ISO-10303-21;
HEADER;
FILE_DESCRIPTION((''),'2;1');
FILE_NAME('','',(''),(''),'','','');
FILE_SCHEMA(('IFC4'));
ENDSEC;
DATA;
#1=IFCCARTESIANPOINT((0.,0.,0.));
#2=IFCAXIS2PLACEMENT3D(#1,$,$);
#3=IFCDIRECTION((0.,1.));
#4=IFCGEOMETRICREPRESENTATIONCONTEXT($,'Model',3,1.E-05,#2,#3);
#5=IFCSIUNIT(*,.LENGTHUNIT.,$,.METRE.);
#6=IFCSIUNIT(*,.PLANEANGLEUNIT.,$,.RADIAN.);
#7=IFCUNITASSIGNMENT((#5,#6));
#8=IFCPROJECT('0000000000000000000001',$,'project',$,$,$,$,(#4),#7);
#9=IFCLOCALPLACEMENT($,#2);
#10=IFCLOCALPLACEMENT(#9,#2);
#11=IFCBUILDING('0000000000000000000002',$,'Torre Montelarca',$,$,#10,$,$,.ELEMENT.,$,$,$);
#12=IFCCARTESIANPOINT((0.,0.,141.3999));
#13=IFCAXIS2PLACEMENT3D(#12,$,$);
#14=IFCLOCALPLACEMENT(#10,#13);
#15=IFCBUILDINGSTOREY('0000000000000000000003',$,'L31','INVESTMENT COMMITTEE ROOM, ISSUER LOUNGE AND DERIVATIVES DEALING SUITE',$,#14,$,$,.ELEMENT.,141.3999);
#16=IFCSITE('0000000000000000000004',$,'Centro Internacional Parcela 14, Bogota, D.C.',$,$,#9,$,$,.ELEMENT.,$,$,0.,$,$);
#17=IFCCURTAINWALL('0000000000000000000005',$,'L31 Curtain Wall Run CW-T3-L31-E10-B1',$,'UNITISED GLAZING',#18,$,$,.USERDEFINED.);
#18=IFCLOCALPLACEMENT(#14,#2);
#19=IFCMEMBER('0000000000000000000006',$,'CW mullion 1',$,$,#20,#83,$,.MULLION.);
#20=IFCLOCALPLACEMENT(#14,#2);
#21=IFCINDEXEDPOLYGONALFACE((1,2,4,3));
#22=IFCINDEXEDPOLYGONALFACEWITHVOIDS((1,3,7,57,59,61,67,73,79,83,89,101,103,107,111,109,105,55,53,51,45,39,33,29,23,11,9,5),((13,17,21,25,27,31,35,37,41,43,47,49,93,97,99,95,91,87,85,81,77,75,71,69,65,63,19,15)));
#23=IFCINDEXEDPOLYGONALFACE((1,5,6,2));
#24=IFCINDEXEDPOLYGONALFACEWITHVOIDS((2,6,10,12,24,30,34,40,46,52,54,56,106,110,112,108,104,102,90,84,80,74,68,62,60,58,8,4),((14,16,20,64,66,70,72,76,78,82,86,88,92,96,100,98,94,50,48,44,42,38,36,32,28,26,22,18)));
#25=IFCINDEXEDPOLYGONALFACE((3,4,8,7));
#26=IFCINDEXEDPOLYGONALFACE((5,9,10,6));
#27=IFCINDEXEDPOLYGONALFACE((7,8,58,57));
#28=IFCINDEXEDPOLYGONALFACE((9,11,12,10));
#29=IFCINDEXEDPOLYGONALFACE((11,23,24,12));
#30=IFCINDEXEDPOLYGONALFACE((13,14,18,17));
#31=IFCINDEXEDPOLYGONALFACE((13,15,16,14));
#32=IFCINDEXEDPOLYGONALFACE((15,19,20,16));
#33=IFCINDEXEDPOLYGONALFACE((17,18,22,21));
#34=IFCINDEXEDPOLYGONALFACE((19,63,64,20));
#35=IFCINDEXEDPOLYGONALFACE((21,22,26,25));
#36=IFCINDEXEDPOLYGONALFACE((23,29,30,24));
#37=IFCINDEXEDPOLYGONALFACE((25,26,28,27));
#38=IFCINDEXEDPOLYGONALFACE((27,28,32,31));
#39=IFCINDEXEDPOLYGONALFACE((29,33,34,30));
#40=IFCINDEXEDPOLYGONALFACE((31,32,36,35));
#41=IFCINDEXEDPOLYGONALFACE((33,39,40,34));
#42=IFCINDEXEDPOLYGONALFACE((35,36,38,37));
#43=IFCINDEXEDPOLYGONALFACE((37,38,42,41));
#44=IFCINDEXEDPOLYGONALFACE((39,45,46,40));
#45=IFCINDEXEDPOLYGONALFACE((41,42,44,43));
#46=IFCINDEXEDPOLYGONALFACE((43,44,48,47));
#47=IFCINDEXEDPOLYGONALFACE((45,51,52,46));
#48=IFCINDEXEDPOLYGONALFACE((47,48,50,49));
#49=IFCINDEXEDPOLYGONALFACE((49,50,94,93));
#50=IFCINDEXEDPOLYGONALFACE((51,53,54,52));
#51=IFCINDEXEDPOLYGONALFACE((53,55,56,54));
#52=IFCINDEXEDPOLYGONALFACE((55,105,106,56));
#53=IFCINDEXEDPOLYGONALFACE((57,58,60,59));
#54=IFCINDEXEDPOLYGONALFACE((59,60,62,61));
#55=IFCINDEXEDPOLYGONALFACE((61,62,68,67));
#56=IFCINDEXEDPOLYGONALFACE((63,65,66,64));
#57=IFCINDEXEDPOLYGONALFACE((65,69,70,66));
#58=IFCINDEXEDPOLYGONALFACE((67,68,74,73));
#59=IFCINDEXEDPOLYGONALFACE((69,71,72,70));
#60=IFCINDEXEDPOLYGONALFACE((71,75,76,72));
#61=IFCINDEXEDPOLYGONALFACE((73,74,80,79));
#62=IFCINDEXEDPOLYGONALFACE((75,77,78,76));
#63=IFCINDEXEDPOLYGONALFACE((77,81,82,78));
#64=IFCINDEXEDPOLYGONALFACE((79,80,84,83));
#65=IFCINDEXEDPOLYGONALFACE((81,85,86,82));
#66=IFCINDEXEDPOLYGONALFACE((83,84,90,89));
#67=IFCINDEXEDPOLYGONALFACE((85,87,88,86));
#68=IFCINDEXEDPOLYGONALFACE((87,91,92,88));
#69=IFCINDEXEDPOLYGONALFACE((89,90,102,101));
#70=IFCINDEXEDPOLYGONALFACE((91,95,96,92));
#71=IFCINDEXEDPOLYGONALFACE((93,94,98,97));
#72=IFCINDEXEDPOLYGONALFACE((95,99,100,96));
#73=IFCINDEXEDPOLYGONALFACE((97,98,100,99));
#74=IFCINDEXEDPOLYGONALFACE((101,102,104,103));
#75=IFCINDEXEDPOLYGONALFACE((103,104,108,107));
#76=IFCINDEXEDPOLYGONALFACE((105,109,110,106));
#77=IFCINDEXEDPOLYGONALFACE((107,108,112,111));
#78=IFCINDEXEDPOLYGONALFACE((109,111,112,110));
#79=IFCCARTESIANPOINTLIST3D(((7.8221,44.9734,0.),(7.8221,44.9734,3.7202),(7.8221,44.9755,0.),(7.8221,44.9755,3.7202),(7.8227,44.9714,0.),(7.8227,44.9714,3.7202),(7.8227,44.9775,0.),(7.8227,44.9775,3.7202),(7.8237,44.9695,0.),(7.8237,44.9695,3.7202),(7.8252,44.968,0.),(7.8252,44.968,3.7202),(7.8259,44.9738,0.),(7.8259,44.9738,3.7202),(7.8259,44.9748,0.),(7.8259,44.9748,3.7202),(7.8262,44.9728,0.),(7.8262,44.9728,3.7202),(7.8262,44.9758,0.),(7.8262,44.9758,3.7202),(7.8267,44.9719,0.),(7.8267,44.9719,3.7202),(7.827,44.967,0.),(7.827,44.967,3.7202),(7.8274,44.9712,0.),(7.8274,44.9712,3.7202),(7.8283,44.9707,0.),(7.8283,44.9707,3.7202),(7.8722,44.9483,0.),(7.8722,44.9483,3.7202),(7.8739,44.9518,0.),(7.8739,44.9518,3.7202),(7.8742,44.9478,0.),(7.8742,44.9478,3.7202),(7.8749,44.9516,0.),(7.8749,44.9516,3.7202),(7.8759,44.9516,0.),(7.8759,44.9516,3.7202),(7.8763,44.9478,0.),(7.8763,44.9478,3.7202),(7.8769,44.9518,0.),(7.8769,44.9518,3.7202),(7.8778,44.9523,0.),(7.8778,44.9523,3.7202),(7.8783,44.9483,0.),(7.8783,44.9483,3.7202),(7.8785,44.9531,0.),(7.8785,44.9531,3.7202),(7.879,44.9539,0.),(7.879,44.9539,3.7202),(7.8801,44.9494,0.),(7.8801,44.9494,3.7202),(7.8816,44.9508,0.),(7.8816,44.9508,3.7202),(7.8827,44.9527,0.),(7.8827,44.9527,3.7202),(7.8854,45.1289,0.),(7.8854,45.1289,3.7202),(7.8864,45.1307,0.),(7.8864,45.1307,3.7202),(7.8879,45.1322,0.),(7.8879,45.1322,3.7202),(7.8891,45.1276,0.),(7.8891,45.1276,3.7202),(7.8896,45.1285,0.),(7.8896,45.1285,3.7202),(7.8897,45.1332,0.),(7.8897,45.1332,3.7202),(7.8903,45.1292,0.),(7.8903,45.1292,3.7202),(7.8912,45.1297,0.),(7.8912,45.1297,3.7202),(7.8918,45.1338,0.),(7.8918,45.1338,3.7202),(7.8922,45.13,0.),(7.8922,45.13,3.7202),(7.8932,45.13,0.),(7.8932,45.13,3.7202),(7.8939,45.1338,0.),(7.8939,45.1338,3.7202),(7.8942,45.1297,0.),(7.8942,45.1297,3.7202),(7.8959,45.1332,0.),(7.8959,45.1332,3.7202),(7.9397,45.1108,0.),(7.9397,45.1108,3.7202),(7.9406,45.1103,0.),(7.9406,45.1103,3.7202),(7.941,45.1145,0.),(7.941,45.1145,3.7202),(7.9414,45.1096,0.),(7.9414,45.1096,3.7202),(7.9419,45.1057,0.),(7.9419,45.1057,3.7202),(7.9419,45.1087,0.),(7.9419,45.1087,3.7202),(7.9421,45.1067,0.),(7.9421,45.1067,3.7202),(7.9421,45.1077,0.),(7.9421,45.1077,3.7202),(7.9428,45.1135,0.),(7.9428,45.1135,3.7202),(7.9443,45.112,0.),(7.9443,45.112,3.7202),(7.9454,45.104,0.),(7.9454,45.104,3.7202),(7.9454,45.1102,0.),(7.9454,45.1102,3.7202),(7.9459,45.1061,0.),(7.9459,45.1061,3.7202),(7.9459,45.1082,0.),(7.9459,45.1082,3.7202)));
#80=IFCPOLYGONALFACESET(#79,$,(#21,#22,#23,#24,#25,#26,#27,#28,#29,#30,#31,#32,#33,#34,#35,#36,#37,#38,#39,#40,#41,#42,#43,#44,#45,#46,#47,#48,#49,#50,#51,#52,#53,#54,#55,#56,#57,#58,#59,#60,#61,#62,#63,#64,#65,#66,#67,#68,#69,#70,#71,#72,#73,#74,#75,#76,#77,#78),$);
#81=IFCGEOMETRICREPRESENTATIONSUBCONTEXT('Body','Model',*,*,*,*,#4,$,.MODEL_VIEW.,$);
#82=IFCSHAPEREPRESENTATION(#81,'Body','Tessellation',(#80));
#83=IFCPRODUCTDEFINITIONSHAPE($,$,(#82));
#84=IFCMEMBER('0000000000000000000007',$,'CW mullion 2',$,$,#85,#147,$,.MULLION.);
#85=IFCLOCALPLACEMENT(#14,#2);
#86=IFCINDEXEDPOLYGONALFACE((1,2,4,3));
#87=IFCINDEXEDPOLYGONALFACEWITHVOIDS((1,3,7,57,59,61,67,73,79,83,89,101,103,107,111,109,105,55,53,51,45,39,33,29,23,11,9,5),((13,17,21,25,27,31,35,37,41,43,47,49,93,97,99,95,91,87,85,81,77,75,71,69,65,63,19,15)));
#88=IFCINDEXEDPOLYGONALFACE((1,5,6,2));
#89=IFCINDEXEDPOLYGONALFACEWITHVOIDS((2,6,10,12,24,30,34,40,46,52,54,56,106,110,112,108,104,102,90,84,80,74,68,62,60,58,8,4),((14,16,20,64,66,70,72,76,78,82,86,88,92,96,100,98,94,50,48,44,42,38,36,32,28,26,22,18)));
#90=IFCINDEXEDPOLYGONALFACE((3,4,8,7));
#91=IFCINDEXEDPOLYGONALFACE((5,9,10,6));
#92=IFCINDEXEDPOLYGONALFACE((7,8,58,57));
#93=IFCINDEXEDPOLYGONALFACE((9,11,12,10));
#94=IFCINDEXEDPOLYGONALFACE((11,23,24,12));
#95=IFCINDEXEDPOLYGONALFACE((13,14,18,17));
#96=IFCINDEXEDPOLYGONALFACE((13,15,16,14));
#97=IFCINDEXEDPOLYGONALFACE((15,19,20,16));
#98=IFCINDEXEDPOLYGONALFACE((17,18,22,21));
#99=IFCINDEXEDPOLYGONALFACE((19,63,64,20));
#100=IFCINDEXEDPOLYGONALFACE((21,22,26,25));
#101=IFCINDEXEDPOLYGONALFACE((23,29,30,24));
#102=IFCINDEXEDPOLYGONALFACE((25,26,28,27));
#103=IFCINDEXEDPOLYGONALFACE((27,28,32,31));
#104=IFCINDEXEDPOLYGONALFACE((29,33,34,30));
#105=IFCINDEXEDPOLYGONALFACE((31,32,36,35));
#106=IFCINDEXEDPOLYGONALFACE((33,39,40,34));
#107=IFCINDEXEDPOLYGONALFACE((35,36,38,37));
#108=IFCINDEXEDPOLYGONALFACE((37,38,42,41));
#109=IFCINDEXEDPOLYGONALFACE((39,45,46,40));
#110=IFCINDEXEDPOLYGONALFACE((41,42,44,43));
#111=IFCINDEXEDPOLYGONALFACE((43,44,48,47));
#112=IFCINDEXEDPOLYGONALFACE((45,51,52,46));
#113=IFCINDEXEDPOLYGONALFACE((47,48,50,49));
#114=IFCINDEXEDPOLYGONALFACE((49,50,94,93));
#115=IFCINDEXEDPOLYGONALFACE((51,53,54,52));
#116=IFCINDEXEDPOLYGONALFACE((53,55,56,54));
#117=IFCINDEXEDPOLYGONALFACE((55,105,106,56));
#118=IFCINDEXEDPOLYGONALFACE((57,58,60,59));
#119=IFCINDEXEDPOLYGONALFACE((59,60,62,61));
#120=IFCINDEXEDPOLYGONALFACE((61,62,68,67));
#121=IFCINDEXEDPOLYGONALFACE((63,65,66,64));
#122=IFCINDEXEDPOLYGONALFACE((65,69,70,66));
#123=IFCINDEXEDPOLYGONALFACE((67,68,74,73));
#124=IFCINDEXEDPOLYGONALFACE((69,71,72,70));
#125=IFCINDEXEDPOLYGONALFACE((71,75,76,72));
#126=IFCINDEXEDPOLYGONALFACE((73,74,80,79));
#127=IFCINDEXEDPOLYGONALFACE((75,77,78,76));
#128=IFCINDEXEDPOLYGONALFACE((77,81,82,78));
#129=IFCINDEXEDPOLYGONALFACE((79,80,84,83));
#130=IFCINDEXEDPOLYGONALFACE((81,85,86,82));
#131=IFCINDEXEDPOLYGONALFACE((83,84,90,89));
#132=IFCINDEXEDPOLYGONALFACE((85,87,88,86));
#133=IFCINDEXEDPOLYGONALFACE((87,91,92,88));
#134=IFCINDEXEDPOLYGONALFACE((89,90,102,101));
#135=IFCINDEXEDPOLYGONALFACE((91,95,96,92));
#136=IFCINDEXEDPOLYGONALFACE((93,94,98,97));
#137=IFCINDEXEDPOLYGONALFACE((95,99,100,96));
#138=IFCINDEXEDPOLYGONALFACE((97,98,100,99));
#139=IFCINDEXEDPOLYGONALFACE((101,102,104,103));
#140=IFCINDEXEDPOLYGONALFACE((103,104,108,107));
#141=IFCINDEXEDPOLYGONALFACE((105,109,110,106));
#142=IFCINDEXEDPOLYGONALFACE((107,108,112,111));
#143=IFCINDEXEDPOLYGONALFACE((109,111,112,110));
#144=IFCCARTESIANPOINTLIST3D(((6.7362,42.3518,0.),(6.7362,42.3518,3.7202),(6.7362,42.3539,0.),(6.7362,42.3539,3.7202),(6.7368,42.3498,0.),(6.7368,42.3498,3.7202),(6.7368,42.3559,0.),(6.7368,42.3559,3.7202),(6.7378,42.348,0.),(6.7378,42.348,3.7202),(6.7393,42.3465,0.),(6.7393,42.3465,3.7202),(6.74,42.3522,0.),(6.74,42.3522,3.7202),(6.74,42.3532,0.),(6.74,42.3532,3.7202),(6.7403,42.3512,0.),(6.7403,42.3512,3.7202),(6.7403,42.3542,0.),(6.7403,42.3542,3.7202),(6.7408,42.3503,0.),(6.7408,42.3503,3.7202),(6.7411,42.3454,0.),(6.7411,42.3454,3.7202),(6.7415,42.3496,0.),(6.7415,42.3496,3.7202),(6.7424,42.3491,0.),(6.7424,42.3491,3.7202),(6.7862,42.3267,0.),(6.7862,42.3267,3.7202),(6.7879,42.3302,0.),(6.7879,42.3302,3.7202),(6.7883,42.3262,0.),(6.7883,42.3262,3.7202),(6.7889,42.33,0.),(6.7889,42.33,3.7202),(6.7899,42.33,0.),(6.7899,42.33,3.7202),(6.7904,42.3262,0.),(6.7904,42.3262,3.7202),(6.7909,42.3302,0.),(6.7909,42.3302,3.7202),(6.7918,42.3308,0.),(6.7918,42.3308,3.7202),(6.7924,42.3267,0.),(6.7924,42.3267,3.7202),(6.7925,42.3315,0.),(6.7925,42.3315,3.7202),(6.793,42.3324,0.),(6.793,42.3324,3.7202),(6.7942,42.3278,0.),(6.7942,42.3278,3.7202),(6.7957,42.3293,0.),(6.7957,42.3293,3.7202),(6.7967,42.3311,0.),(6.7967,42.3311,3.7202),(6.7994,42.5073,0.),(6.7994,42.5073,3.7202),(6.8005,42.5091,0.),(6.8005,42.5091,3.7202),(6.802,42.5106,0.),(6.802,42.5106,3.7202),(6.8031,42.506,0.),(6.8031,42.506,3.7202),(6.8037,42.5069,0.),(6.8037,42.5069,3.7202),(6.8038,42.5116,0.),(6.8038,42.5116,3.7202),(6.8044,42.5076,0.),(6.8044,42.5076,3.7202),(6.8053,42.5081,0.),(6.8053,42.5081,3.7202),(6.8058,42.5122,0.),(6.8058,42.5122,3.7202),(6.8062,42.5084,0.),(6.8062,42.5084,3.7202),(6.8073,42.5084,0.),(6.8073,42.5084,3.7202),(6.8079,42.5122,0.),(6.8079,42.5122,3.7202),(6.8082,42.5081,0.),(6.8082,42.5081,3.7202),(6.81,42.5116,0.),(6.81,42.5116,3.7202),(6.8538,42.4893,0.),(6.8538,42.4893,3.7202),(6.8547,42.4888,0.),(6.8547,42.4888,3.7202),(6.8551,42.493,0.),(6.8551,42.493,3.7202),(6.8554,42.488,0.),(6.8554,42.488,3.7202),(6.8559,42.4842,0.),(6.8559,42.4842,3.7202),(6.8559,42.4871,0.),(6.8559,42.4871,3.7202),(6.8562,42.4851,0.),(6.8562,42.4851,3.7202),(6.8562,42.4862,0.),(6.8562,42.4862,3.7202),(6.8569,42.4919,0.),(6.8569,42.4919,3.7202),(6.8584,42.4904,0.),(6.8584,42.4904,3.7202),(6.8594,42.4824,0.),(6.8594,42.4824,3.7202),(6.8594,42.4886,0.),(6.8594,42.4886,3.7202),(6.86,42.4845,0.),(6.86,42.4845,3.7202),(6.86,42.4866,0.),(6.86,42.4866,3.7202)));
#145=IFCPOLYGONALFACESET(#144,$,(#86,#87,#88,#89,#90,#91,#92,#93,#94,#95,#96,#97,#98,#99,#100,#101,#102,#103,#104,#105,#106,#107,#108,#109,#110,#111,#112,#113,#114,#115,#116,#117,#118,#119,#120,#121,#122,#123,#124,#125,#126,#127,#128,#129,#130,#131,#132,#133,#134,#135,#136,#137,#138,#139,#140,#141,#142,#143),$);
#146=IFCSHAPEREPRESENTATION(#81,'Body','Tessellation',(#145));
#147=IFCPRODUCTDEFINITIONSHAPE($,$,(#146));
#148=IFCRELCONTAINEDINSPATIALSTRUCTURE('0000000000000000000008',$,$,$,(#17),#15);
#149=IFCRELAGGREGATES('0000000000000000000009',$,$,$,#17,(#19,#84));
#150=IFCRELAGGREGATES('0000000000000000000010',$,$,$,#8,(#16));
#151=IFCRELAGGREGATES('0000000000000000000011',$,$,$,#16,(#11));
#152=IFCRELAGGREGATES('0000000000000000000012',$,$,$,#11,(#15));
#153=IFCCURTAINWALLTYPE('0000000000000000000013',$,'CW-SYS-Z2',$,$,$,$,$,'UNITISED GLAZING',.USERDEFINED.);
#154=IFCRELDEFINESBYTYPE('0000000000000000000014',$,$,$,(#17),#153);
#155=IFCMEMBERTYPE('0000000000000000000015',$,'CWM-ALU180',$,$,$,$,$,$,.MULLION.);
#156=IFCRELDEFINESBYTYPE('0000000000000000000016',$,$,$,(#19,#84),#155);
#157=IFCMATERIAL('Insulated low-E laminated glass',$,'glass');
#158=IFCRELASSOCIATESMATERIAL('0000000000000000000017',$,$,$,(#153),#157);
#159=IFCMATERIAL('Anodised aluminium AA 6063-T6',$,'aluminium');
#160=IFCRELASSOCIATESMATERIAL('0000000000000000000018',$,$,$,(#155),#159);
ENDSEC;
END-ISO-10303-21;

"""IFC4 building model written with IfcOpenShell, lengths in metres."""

from ifc_helpers import new_model, si_unit, direction, frame, origin, origin_2d, place, context, subcontext, project, spatial, hollow_rectangle, extrude, source, transform, mapped, material, material_profile, profile_set, type_object, element, aggregate, save


model = new_model("IFC4")

# Units and contexts
model_context = context("Model", 3, precision=1e-05, world=origin(), true_north=direction((0.0, 1.0)))
body_context = subcontext(model_context, "Body", "Model", "MODEL_VIEW")
ifc_project = project(units=[si_unit("LENGTHUNIT", "METRE"), si_unit("PLANEANGLEUNIT", "RADIAN")], contexts=[model_context])

# Site, building, storey
site_placement = place(None, origin())
site = spatial("IfcSite", under=ifc_project, at=site_placement, Name="Centro Internacional Parcela 14, Bogota, D.C.", CompositionType="ELEMENT", RefElevation=0.0)
building_placement = place(site_placement, origin())
building = spatial("IfcBuilding", under=site, at=building_placement, Name="Torre Montelarca", CompositionType="ELEMENT")
storey_placement = place(building_placement, frame((0.0, 0.0, 141.3999)))
storey = spatial("IfcBuildingStorey", under=building, at=storey_placement, Name="L31", Description="INVESTMENT COMMITTEE ROOM, ISSUER LOUNGE AND DERIVATIVES DEALING SUITE", CompositionType="ELEMENT", Elevation=141.3999)

# Curtain wall
ifc_material_1 = material(Name="Insulated low-E laminated glass", Category="glass")
curtain_wall_type = type_object("IfcCurtainWallType", Name="CW-SYS-Z2", ElementType="UNITISED GLAZING", PredefinedType="USERDEFINED", material=ifc_material_1)
ifc_material_2 = material(Name="Anodised aluminium AA 6063-T6", Category="aluminium")
curtain_wall_1_placement = place(storey_placement, origin())
curtain_wall_1 = element("IfcCurtainWall", 1, at=curtain_wall_1_placement, inside=storey, type_object=curtain_wall_type, Name="L31 Curtain Wall Run CW-T3-L31-E10-B1", ObjectType="UNITISED GLAZING", PredefinedType="USERDEFINED")
ifc_material_profile_1 = material_profile(ifc_material_2, hollow_rectangle(XDim=0.0649, YDim=0.1799, WallThickness=0.0039, InnerFilletRadius=0.0039, OuterFilletRadius=0.0081, at=origin_2d()), Name="ALU65X180X4", Category="aluminium")
ifc_profile_set_1 = profile_set([ifc_material_profile_1], Name="Anodised aluminium AA 6063-T6")
member_type_1 = type_object("IfcMemberType", Name="CWM-ALU180", PredefinedType="MULLION", material=ifc_profile_set_1)
shared_shape_1 = source(origin(), body_context, "Body", "SweptSolid", [
    extrude(hollow_rectangle(XDim=0.0649, YDim=0.1799, WallThickness=0.0039, InnerFilletRadius=0.0039, OuterFilletRadius=0.0081, at=origin_2d()), origin(), (0.0, 0.0, 1.0), 3.7202),
])

# Members
member_1_placement = place(storey_placement, frame((7.884, 45.0408, 0.0), z_axis=(0.0, 0.0, 1.0), x_axis=(0.923881, -0.382681, 0.0)))
member_1 = element("IfcMember", 2, at=member_1_placement, type_object=member_type_1, Name="CW mullion 1", PredefinedType="MULLION", context=body_context, shape_type="MappedRepresentation", body=[
    mapped(shared_shape_1, transform((0.0, 0.0, 0.0), scale=1.0)),
])
member_2_placement = place(storey_placement, frame((6.7981, 42.4192, 0.0), z_axis=(0.0, 0.0, 1.0), x_axis=(0.923881, -0.382681, 0.0)))
member_2 = element("IfcMember", 3, at=member_2_placement, type_object=member_type_1, Name="CW mullion 2", PredefinedType="MULLION", context=body_context, shape_type="MappedRepresentation", body=[
    mapped(shared_shape_1, transform((0.0, 0.0, 0.0), scale=1.0)),
])

aggregate(curtain_wall_1, [member_1, member_2])

save(model, "model.ifc")
